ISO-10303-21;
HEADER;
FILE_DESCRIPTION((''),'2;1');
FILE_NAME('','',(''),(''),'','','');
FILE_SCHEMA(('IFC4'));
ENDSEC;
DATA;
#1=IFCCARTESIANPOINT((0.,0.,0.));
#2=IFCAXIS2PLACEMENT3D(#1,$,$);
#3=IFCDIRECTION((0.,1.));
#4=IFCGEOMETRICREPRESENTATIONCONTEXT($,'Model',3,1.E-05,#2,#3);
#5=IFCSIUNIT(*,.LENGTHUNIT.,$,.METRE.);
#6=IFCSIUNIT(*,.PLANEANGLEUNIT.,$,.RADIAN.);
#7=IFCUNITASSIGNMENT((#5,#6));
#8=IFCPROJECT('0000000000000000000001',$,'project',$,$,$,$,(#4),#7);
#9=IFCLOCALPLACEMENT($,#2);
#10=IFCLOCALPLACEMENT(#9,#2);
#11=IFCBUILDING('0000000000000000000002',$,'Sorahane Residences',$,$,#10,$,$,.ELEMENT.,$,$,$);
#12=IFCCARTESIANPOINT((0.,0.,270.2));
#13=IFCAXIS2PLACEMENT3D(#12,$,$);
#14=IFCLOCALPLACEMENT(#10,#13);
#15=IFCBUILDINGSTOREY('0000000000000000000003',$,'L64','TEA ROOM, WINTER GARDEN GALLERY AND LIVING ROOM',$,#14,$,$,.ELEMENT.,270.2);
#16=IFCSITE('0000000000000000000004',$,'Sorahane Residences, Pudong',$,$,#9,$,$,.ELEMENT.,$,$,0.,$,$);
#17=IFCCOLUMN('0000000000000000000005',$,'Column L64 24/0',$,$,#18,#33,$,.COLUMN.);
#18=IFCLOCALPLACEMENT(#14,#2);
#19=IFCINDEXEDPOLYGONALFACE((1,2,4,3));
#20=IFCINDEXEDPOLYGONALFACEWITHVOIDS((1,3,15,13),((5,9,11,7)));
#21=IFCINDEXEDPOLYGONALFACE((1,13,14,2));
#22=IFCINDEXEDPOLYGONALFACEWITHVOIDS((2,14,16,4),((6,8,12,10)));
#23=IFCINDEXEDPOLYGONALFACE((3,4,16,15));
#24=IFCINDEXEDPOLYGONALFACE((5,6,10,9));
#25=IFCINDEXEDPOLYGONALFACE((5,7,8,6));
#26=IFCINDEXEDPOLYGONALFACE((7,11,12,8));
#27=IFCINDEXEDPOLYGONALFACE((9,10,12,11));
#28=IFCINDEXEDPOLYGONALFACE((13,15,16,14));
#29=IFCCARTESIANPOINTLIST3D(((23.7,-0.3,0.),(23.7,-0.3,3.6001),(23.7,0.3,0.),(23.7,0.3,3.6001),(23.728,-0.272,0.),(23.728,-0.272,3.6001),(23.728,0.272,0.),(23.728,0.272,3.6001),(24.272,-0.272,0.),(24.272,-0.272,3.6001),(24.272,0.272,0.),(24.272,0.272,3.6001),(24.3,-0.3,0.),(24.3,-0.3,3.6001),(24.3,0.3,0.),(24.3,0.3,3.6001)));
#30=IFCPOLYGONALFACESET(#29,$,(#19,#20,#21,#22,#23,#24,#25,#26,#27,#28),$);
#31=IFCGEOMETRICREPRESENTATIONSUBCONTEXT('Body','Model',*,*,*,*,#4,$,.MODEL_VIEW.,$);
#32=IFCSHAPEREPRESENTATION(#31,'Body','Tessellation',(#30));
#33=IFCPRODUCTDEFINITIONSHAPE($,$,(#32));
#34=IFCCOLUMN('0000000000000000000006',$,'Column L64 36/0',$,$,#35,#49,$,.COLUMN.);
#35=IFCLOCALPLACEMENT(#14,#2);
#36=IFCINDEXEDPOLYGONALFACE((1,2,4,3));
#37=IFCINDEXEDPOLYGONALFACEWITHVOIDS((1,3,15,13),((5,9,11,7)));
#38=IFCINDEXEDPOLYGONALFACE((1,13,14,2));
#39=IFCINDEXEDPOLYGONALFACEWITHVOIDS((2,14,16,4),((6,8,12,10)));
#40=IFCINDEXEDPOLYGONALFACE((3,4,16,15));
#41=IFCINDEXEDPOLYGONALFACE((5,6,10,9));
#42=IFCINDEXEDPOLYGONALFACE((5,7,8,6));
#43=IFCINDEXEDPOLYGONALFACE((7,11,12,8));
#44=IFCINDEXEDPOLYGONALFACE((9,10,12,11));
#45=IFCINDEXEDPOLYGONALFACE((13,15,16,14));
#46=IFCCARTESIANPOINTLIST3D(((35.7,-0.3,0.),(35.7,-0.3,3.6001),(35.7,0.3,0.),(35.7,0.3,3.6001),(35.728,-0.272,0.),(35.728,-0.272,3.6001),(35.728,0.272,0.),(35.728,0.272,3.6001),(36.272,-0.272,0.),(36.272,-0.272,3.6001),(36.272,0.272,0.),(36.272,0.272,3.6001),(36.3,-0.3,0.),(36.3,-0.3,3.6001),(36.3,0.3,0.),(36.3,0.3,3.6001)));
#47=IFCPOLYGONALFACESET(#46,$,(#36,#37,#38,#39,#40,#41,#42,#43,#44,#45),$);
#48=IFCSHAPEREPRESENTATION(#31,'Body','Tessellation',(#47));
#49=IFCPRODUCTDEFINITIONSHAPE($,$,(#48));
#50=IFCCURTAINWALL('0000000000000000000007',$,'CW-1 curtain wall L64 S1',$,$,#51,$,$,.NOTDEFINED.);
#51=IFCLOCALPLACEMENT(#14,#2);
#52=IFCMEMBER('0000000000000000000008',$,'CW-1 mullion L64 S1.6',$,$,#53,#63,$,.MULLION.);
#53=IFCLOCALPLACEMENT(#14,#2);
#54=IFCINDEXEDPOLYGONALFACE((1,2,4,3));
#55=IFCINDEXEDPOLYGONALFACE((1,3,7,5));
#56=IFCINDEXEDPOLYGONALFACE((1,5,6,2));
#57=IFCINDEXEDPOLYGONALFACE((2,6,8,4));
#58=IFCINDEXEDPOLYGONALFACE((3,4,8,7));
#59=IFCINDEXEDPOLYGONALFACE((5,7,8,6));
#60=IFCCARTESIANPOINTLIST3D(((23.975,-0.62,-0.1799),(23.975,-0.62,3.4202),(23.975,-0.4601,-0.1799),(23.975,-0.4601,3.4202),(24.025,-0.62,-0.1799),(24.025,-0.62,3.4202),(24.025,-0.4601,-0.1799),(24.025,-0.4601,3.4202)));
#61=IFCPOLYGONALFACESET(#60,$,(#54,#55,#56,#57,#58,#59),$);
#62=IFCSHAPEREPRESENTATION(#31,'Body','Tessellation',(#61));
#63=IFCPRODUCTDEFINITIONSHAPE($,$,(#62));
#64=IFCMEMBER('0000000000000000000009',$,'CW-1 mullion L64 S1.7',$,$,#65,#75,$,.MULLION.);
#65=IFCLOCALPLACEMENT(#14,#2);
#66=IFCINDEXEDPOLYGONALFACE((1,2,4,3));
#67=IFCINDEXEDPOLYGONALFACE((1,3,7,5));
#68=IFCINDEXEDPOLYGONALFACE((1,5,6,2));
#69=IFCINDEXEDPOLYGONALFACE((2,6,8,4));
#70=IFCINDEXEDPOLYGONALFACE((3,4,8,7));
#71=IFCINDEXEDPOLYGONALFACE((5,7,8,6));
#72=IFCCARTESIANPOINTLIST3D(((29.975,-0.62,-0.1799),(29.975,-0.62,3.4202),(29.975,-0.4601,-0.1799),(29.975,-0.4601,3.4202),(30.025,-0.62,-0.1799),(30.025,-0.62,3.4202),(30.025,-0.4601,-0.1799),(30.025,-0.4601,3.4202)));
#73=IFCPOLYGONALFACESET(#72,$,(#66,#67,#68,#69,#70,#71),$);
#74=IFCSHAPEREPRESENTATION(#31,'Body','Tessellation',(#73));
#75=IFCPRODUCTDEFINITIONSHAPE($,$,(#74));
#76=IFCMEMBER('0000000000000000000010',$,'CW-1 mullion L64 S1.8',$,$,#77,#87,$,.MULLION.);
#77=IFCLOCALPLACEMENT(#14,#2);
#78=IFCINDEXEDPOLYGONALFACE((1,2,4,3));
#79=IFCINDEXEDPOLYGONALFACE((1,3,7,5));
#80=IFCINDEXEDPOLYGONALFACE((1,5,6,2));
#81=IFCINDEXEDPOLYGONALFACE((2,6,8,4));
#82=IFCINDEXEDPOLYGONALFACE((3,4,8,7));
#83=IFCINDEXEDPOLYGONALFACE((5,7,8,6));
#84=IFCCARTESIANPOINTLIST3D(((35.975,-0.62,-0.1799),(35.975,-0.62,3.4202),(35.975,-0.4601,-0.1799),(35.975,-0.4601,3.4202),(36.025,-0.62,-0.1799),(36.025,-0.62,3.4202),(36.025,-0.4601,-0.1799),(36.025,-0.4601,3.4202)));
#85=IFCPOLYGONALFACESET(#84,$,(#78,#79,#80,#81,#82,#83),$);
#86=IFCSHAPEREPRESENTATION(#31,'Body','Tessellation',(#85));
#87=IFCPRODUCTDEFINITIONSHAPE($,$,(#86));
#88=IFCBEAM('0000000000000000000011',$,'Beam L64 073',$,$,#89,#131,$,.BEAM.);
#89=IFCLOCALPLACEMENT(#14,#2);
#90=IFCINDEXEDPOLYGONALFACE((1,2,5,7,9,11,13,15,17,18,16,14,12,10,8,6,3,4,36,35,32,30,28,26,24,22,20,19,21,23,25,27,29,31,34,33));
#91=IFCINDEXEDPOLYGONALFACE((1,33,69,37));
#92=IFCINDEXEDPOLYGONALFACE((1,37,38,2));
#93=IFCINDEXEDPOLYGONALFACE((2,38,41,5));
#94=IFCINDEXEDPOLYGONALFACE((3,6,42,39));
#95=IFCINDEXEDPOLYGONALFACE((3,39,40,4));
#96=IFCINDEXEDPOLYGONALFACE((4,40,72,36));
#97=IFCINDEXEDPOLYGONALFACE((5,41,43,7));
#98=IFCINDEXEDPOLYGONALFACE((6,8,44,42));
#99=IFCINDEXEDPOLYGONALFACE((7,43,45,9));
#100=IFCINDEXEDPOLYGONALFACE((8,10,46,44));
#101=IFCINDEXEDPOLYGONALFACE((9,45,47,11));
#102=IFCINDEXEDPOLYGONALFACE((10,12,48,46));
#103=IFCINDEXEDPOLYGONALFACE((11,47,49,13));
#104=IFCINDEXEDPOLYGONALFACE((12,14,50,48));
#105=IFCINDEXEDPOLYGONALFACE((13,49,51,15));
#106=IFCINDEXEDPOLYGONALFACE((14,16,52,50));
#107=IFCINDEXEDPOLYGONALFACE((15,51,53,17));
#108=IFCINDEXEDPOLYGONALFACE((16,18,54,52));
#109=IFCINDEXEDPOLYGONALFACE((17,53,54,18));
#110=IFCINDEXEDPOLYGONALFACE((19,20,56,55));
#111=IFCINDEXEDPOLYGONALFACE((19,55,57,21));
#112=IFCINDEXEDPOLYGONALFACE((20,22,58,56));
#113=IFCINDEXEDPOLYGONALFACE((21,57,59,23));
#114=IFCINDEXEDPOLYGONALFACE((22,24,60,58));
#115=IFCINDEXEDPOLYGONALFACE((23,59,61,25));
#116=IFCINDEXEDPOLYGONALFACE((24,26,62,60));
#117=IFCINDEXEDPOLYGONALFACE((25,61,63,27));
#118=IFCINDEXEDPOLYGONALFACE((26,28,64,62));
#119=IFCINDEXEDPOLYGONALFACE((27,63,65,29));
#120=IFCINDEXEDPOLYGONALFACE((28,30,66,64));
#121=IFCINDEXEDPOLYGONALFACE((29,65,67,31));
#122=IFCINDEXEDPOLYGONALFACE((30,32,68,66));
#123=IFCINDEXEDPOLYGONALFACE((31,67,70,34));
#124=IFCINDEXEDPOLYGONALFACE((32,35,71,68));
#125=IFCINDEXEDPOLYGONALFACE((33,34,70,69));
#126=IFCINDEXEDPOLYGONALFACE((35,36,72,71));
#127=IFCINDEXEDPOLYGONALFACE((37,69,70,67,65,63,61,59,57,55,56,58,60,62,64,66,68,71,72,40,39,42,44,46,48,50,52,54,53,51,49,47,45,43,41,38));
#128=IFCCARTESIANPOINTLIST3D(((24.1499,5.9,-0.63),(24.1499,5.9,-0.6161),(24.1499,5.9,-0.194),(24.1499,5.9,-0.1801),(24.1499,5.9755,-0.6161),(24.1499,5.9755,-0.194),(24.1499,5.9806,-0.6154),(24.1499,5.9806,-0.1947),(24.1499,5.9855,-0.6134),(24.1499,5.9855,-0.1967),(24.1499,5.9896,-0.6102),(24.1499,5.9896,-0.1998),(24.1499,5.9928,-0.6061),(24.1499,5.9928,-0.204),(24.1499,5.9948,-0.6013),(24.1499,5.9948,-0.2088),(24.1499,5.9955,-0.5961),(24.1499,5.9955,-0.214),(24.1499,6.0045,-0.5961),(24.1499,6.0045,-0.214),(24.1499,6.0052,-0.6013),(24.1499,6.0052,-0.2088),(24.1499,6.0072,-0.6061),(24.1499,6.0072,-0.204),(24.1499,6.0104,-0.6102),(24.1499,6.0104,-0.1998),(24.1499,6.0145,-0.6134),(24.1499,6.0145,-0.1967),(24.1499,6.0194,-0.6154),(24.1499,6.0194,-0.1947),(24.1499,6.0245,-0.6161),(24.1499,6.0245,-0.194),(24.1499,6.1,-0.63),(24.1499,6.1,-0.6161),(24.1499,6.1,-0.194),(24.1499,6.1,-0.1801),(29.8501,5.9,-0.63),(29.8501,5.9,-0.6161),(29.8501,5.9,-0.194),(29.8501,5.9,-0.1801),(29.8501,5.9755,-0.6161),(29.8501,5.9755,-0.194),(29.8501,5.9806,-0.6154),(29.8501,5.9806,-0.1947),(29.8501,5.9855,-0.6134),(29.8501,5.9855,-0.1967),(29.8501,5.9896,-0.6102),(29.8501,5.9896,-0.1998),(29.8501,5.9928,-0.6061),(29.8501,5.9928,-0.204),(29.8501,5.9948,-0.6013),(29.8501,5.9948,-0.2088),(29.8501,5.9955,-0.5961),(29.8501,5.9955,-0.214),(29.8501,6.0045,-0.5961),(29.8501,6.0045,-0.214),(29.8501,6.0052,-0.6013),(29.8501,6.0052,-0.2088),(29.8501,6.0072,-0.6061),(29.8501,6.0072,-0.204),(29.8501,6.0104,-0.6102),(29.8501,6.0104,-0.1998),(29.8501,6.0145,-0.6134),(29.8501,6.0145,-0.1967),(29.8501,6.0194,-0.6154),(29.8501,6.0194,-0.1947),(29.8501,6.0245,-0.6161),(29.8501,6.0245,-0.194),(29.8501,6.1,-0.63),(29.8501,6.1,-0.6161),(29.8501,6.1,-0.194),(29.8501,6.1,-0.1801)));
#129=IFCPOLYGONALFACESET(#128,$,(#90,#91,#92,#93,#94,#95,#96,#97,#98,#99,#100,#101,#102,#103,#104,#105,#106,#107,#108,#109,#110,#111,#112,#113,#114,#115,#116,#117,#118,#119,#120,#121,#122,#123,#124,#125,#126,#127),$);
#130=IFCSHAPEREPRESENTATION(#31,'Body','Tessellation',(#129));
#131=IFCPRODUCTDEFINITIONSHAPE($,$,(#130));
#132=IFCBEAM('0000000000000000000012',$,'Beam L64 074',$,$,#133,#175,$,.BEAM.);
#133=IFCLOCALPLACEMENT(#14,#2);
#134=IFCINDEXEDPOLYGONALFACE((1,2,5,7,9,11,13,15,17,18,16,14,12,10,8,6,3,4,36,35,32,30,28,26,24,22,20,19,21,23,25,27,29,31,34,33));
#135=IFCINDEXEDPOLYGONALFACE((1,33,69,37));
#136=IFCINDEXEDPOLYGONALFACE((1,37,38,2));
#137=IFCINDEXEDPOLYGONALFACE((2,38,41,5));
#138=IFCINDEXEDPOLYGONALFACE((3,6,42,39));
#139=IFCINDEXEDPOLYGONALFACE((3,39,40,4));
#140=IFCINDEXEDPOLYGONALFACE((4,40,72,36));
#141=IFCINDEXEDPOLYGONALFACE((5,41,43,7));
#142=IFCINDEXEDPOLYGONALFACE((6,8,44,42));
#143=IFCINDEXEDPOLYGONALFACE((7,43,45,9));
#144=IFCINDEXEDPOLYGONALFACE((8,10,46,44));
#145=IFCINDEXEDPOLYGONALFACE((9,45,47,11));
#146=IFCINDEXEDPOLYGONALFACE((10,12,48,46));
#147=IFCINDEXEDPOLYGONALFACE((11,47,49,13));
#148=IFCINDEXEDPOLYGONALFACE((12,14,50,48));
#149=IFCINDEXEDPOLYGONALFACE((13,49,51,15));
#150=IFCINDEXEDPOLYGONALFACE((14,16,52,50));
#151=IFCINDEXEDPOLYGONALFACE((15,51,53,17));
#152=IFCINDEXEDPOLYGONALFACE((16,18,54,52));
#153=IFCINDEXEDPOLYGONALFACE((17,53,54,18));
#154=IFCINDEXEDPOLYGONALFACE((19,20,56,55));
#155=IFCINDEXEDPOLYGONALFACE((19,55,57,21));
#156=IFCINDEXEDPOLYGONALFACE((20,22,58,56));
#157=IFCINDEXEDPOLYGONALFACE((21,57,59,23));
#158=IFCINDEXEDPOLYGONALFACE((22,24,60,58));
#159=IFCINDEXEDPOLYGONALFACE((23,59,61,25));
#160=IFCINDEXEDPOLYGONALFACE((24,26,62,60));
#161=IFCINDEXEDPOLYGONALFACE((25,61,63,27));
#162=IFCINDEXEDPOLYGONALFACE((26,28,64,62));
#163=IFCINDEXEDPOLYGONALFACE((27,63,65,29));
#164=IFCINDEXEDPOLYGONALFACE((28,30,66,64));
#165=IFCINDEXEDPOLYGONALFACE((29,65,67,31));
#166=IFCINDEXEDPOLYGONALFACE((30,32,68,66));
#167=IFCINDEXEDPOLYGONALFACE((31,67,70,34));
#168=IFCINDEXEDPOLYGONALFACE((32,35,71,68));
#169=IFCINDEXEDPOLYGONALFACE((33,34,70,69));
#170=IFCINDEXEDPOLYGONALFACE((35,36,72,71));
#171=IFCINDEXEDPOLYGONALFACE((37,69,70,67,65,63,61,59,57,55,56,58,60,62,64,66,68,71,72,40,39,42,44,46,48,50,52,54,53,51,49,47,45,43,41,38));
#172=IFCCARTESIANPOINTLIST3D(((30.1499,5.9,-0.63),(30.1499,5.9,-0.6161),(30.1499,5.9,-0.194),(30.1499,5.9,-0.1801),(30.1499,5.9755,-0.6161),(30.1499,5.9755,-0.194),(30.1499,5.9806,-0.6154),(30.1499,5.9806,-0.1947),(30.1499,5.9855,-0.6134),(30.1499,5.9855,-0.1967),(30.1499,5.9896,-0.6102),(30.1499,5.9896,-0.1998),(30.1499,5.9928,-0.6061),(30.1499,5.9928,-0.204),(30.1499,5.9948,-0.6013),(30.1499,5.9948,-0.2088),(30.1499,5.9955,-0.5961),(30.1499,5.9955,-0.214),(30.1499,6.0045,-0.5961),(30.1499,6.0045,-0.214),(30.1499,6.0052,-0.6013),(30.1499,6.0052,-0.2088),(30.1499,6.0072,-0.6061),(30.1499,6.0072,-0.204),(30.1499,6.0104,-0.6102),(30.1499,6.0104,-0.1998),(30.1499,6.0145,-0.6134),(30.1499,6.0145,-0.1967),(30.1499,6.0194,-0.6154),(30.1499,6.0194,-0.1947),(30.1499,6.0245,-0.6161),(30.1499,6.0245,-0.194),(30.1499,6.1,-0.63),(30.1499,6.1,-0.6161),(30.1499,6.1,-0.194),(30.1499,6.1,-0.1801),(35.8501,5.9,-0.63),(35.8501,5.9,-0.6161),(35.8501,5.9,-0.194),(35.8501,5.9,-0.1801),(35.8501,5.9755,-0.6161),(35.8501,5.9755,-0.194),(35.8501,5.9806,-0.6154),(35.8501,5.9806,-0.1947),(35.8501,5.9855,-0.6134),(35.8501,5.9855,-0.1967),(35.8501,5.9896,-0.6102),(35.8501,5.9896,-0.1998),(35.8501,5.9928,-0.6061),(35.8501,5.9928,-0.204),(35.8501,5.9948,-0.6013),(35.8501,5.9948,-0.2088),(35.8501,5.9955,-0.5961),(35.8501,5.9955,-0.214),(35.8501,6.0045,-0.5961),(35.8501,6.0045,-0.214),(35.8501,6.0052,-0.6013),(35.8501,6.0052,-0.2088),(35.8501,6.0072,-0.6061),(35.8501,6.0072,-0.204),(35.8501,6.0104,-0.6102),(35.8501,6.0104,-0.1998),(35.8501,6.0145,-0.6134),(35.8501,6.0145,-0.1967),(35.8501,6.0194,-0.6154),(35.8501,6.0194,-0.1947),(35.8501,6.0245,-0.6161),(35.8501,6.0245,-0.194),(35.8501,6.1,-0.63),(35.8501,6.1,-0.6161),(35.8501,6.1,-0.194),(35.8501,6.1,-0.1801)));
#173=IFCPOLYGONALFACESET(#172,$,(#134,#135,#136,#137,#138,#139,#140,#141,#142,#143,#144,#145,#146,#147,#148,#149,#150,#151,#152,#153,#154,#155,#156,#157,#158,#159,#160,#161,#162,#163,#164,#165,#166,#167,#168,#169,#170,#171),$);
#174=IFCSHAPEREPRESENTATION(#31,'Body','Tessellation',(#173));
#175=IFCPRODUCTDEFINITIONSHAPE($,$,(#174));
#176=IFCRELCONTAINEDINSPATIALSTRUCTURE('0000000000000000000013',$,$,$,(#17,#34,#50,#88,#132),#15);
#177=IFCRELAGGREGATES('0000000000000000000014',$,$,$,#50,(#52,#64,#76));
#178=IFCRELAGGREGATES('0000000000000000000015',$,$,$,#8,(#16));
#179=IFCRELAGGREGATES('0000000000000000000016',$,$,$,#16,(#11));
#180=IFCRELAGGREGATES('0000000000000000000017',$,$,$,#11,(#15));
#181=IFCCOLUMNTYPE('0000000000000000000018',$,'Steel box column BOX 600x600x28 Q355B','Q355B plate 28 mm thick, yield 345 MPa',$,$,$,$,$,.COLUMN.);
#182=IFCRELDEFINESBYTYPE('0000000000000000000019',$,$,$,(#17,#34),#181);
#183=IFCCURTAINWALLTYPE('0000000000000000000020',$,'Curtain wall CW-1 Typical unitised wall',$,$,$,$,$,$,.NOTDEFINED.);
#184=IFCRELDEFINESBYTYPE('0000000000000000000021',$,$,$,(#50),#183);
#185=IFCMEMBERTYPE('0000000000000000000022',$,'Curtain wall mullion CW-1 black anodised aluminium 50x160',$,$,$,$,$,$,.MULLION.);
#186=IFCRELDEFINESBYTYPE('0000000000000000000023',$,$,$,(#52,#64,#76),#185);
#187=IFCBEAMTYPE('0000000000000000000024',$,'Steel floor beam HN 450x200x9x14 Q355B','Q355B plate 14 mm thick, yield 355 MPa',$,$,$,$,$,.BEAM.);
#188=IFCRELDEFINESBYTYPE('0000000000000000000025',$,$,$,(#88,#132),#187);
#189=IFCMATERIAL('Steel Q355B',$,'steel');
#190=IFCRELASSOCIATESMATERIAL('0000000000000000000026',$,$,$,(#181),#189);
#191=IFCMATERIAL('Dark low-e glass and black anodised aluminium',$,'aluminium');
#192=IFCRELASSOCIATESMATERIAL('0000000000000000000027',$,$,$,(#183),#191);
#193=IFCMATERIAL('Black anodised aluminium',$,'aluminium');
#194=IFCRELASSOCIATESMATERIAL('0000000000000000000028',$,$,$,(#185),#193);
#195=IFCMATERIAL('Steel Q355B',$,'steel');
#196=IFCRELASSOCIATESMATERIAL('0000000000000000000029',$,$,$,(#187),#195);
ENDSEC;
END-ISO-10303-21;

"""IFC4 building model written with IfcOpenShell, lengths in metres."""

from ifc_helpers import new_model, si_unit, direction, frame, origin, origin_2d, place, context, subcontext, project, spatial, rectangle, hollow_rectangle, i_section, extrude, material, material_profile, profile_set, type_object, element, aggregate, save


model = new_model("IFC4")

# Units and contexts
model_context = context("Model", 3, precision=1e-05, world=origin(), true_north=direction((0.0, 1.0)))
body_context = subcontext(model_context, "Body", "Model", "MODEL_VIEW")
ifc_project = project(units=[si_unit("LENGTHUNIT", "METRE"), si_unit("PLANEANGLEUNIT", "RADIAN")], contexts=[model_context])

# Site, building, storey
site_placement = place(None, origin())
site = spatial("IfcSite", under=ifc_project, at=site_placement, Name="Sorahane Residences, Pudong", CompositionType="ELEMENT", RefElevation=0.0)
building_placement = place(site_placement, origin())
building = spatial("IfcBuilding", under=site, at=building_placement, Name="Sorahane Residences", CompositionType="ELEMENT")
storey_placement = place(building_placement, frame((0.0, 0.0, 270.2)))
storey = spatial("IfcBuildingStorey", under=building, at=storey_placement, Name="L64", Description="TEA ROOM, WINTER GARDEN GALLERY AND LIVING ROOM", CompositionType="ELEMENT", Elevation=270.2)

# Columns
ifc_material_1 = material(Name="Steel Q355B", Category="steel")
ifc_material_profile_1 = material_profile(ifc_material_1, hollow_rectangle(XDim=0.6001, YDim=0.6001, WallThickness=0.0281, at=origin_2d()), Name="BOX 600x600x28")
ifc_profile_set_1 = profile_set([ifc_material_profile_1], Name="Steel Q355B")
column_type = type_object("IfcColumnType", Name="Steel box column BOX 600x600x28 Q355B", Description="Q355B plate 28 mm thick, yield 345 MPa", PredefinedType="COLUMN", material=ifc_profile_set_1)
for number, where, z_axis, x_axis, name in (
    (1, (24.0, 0.0, 0.0), (0.0, 0.0, 1.0), (1.0, 0.0, 0.0), "Column L64 24/0"),
    (2, (36.0, 0.0, 0.0), (0.0, 0.0, 1.0), (1.0, 0.0, 0.0), "Column L64 36/0"),
):
    element("IfcColumn", number, at=place(storey_placement, frame(where, z_axis=z_axis, x_axis=x_axis)), inside=storey, type_object=column_type, Name=name, PredefinedType="COLUMN", context=body_context, shape_type="SweptSolid", body=[
        extrude(hollow_rectangle(XDim=0.6001, YDim=0.6001, WallThickness=0.0281, at=origin_2d()), origin(), (0.0, 0.0, 1.0), 3.6001),
    ])

# Curtain wall, members
ifc_material_2 = material(Name="Dark low-e glass and black anodised aluminium", Category="aluminium")
curtain_wall_type = type_object("IfcCurtainWallType", Name="Curtain wall CW-1 Typical unitised wall", PredefinedType="NOTDEFINED", material=ifc_material_2)
curtain_wall_placement = place(storey_placement, origin())
curtain_wall = element("IfcCurtainWall", 3, at=curtain_wall_placement, inside=storey, type_object=curtain_wall_type, Name="CW-1 curtain wall L64 S1", PredefinedType="NOTDEFINED")
ifc_material_3 = material(Name="Black anodised aluminium", Category="aluminium")
ifc_material_profile_2 = material_profile(ifc_material_3, rectangle(XDim=0.1599, YDim=0.05, at=origin_2d()), Name="Curtain wall mullion CW-1 black anodised aluminium 50x160")
ifc_profile_set_2 = profile_set([ifc_material_profile_2], Name="Black anodised aluminium")
member_type = type_object("IfcMemberType", Name="Curtain wall mullion CW-1 black anodised aluminium 50x160", PredefinedType="MULLION", material=ifc_profile_set_2)
member_1_placement = place(storey_placement, frame((24.0, -0.54, -0.1799), z_axis=(0.0, 0.0, 1.0), x_axis=(0.0, -1.0, 0.0)))
member_1 = element("IfcMember", 4, at=member_1_placement, type_object=member_type, Name="CW-1 mullion L64 S1.6", PredefinedType="MULLION", context=body_context, shape_type="SweptSolid", body=[
    extrude(rectangle(XDim=0.1599, YDim=0.05, at=origin_2d()), origin(), (0.0, 0.0, 1.0), 3.6001),
])
member_2_placement = place(storey_placement, frame((30.0, -0.54, -0.1799), z_axis=(0.0, 0.0, 1.0), x_axis=(0.0, -1.0, 0.0)))
member_2 = element("IfcMember", 5, at=member_2_placement, type_object=member_type, Name="CW-1 mullion L64 S1.7", PredefinedType="MULLION", context=body_context, shape_type="SweptSolid", body=[
    extrude(rectangle(XDim=0.1599, YDim=0.05, at=origin_2d()), origin(), (0.0, 0.0, 1.0), 3.6001),
])
member_3_placement = place(storey_placement, frame((36.0, -0.54, -0.1799), z_axis=(0.0, 0.0, 1.0), x_axis=(0.0, -1.0, 0.0)))
member_3 = element("IfcMember", 6, at=member_3_placement, type_object=member_type, Name="CW-1 mullion L64 S1.8", PredefinedType="MULLION", context=body_context, shape_type="SweptSolid", body=[
    extrude(rectangle(XDim=0.1599, YDim=0.05, at=origin_2d()), origin(), (0.0, 0.0, 1.0), 3.6001),
])

# Beams
ifc_material_4 = material(Name="Steel Q355B", Category="steel")
ifc_material_profile_3 = material_profile(ifc_material_4, i_section(OverallWidth=0.2, OverallDepth=0.45, WebThickness=0.009, FlangeThickness=0.0139, FilletRadius=0.02, at=origin_2d()), Name="HN 450x200x9x14")
ifc_profile_set_3 = profile_set([ifc_material_profile_3], Name="Steel Q355B")
beam_type_1 = type_object("IfcBeamType", Name="Steel floor beam HN 450x200x9x14 Q355B", Description="Q355B plate 14 mm thick, yield 355 MPa", PredefinedType="BEAM", material=ifc_profile_set_3)
for number, where, z_axis, x_axis, name in (
    (7, (24.1499, 6.0, -0.405), (1.0, 0.0, 0.0), (0.0, 1.0, 0.0), "Beam L64 073"),
    (8, (30.1499, 6.0, -0.405), (1.0, 0.0, 0.0), (0.0, 1.0, 0.0), "Beam L64 074"),
):
    element("IfcBeam", number, at=place(storey_placement, frame(where, z_axis=z_axis, x_axis=x_axis)), inside=storey, type_object=beam_type_1, Name=name, PredefinedType="BEAM", context=body_context, shape_type="SweptSolid", body=[
        extrude(i_section(OverallWidth=0.2, OverallDepth=0.45, WebThickness=0.009, FlangeThickness=0.0139, FilletRadius=0.02, at=origin_2d()), origin(), (0.0, 0.0, 1.0), 5.7002),
    ])

aggregate(curtain_wall, [member_1, member_2, member_3])

save(model, "model.ifc")
